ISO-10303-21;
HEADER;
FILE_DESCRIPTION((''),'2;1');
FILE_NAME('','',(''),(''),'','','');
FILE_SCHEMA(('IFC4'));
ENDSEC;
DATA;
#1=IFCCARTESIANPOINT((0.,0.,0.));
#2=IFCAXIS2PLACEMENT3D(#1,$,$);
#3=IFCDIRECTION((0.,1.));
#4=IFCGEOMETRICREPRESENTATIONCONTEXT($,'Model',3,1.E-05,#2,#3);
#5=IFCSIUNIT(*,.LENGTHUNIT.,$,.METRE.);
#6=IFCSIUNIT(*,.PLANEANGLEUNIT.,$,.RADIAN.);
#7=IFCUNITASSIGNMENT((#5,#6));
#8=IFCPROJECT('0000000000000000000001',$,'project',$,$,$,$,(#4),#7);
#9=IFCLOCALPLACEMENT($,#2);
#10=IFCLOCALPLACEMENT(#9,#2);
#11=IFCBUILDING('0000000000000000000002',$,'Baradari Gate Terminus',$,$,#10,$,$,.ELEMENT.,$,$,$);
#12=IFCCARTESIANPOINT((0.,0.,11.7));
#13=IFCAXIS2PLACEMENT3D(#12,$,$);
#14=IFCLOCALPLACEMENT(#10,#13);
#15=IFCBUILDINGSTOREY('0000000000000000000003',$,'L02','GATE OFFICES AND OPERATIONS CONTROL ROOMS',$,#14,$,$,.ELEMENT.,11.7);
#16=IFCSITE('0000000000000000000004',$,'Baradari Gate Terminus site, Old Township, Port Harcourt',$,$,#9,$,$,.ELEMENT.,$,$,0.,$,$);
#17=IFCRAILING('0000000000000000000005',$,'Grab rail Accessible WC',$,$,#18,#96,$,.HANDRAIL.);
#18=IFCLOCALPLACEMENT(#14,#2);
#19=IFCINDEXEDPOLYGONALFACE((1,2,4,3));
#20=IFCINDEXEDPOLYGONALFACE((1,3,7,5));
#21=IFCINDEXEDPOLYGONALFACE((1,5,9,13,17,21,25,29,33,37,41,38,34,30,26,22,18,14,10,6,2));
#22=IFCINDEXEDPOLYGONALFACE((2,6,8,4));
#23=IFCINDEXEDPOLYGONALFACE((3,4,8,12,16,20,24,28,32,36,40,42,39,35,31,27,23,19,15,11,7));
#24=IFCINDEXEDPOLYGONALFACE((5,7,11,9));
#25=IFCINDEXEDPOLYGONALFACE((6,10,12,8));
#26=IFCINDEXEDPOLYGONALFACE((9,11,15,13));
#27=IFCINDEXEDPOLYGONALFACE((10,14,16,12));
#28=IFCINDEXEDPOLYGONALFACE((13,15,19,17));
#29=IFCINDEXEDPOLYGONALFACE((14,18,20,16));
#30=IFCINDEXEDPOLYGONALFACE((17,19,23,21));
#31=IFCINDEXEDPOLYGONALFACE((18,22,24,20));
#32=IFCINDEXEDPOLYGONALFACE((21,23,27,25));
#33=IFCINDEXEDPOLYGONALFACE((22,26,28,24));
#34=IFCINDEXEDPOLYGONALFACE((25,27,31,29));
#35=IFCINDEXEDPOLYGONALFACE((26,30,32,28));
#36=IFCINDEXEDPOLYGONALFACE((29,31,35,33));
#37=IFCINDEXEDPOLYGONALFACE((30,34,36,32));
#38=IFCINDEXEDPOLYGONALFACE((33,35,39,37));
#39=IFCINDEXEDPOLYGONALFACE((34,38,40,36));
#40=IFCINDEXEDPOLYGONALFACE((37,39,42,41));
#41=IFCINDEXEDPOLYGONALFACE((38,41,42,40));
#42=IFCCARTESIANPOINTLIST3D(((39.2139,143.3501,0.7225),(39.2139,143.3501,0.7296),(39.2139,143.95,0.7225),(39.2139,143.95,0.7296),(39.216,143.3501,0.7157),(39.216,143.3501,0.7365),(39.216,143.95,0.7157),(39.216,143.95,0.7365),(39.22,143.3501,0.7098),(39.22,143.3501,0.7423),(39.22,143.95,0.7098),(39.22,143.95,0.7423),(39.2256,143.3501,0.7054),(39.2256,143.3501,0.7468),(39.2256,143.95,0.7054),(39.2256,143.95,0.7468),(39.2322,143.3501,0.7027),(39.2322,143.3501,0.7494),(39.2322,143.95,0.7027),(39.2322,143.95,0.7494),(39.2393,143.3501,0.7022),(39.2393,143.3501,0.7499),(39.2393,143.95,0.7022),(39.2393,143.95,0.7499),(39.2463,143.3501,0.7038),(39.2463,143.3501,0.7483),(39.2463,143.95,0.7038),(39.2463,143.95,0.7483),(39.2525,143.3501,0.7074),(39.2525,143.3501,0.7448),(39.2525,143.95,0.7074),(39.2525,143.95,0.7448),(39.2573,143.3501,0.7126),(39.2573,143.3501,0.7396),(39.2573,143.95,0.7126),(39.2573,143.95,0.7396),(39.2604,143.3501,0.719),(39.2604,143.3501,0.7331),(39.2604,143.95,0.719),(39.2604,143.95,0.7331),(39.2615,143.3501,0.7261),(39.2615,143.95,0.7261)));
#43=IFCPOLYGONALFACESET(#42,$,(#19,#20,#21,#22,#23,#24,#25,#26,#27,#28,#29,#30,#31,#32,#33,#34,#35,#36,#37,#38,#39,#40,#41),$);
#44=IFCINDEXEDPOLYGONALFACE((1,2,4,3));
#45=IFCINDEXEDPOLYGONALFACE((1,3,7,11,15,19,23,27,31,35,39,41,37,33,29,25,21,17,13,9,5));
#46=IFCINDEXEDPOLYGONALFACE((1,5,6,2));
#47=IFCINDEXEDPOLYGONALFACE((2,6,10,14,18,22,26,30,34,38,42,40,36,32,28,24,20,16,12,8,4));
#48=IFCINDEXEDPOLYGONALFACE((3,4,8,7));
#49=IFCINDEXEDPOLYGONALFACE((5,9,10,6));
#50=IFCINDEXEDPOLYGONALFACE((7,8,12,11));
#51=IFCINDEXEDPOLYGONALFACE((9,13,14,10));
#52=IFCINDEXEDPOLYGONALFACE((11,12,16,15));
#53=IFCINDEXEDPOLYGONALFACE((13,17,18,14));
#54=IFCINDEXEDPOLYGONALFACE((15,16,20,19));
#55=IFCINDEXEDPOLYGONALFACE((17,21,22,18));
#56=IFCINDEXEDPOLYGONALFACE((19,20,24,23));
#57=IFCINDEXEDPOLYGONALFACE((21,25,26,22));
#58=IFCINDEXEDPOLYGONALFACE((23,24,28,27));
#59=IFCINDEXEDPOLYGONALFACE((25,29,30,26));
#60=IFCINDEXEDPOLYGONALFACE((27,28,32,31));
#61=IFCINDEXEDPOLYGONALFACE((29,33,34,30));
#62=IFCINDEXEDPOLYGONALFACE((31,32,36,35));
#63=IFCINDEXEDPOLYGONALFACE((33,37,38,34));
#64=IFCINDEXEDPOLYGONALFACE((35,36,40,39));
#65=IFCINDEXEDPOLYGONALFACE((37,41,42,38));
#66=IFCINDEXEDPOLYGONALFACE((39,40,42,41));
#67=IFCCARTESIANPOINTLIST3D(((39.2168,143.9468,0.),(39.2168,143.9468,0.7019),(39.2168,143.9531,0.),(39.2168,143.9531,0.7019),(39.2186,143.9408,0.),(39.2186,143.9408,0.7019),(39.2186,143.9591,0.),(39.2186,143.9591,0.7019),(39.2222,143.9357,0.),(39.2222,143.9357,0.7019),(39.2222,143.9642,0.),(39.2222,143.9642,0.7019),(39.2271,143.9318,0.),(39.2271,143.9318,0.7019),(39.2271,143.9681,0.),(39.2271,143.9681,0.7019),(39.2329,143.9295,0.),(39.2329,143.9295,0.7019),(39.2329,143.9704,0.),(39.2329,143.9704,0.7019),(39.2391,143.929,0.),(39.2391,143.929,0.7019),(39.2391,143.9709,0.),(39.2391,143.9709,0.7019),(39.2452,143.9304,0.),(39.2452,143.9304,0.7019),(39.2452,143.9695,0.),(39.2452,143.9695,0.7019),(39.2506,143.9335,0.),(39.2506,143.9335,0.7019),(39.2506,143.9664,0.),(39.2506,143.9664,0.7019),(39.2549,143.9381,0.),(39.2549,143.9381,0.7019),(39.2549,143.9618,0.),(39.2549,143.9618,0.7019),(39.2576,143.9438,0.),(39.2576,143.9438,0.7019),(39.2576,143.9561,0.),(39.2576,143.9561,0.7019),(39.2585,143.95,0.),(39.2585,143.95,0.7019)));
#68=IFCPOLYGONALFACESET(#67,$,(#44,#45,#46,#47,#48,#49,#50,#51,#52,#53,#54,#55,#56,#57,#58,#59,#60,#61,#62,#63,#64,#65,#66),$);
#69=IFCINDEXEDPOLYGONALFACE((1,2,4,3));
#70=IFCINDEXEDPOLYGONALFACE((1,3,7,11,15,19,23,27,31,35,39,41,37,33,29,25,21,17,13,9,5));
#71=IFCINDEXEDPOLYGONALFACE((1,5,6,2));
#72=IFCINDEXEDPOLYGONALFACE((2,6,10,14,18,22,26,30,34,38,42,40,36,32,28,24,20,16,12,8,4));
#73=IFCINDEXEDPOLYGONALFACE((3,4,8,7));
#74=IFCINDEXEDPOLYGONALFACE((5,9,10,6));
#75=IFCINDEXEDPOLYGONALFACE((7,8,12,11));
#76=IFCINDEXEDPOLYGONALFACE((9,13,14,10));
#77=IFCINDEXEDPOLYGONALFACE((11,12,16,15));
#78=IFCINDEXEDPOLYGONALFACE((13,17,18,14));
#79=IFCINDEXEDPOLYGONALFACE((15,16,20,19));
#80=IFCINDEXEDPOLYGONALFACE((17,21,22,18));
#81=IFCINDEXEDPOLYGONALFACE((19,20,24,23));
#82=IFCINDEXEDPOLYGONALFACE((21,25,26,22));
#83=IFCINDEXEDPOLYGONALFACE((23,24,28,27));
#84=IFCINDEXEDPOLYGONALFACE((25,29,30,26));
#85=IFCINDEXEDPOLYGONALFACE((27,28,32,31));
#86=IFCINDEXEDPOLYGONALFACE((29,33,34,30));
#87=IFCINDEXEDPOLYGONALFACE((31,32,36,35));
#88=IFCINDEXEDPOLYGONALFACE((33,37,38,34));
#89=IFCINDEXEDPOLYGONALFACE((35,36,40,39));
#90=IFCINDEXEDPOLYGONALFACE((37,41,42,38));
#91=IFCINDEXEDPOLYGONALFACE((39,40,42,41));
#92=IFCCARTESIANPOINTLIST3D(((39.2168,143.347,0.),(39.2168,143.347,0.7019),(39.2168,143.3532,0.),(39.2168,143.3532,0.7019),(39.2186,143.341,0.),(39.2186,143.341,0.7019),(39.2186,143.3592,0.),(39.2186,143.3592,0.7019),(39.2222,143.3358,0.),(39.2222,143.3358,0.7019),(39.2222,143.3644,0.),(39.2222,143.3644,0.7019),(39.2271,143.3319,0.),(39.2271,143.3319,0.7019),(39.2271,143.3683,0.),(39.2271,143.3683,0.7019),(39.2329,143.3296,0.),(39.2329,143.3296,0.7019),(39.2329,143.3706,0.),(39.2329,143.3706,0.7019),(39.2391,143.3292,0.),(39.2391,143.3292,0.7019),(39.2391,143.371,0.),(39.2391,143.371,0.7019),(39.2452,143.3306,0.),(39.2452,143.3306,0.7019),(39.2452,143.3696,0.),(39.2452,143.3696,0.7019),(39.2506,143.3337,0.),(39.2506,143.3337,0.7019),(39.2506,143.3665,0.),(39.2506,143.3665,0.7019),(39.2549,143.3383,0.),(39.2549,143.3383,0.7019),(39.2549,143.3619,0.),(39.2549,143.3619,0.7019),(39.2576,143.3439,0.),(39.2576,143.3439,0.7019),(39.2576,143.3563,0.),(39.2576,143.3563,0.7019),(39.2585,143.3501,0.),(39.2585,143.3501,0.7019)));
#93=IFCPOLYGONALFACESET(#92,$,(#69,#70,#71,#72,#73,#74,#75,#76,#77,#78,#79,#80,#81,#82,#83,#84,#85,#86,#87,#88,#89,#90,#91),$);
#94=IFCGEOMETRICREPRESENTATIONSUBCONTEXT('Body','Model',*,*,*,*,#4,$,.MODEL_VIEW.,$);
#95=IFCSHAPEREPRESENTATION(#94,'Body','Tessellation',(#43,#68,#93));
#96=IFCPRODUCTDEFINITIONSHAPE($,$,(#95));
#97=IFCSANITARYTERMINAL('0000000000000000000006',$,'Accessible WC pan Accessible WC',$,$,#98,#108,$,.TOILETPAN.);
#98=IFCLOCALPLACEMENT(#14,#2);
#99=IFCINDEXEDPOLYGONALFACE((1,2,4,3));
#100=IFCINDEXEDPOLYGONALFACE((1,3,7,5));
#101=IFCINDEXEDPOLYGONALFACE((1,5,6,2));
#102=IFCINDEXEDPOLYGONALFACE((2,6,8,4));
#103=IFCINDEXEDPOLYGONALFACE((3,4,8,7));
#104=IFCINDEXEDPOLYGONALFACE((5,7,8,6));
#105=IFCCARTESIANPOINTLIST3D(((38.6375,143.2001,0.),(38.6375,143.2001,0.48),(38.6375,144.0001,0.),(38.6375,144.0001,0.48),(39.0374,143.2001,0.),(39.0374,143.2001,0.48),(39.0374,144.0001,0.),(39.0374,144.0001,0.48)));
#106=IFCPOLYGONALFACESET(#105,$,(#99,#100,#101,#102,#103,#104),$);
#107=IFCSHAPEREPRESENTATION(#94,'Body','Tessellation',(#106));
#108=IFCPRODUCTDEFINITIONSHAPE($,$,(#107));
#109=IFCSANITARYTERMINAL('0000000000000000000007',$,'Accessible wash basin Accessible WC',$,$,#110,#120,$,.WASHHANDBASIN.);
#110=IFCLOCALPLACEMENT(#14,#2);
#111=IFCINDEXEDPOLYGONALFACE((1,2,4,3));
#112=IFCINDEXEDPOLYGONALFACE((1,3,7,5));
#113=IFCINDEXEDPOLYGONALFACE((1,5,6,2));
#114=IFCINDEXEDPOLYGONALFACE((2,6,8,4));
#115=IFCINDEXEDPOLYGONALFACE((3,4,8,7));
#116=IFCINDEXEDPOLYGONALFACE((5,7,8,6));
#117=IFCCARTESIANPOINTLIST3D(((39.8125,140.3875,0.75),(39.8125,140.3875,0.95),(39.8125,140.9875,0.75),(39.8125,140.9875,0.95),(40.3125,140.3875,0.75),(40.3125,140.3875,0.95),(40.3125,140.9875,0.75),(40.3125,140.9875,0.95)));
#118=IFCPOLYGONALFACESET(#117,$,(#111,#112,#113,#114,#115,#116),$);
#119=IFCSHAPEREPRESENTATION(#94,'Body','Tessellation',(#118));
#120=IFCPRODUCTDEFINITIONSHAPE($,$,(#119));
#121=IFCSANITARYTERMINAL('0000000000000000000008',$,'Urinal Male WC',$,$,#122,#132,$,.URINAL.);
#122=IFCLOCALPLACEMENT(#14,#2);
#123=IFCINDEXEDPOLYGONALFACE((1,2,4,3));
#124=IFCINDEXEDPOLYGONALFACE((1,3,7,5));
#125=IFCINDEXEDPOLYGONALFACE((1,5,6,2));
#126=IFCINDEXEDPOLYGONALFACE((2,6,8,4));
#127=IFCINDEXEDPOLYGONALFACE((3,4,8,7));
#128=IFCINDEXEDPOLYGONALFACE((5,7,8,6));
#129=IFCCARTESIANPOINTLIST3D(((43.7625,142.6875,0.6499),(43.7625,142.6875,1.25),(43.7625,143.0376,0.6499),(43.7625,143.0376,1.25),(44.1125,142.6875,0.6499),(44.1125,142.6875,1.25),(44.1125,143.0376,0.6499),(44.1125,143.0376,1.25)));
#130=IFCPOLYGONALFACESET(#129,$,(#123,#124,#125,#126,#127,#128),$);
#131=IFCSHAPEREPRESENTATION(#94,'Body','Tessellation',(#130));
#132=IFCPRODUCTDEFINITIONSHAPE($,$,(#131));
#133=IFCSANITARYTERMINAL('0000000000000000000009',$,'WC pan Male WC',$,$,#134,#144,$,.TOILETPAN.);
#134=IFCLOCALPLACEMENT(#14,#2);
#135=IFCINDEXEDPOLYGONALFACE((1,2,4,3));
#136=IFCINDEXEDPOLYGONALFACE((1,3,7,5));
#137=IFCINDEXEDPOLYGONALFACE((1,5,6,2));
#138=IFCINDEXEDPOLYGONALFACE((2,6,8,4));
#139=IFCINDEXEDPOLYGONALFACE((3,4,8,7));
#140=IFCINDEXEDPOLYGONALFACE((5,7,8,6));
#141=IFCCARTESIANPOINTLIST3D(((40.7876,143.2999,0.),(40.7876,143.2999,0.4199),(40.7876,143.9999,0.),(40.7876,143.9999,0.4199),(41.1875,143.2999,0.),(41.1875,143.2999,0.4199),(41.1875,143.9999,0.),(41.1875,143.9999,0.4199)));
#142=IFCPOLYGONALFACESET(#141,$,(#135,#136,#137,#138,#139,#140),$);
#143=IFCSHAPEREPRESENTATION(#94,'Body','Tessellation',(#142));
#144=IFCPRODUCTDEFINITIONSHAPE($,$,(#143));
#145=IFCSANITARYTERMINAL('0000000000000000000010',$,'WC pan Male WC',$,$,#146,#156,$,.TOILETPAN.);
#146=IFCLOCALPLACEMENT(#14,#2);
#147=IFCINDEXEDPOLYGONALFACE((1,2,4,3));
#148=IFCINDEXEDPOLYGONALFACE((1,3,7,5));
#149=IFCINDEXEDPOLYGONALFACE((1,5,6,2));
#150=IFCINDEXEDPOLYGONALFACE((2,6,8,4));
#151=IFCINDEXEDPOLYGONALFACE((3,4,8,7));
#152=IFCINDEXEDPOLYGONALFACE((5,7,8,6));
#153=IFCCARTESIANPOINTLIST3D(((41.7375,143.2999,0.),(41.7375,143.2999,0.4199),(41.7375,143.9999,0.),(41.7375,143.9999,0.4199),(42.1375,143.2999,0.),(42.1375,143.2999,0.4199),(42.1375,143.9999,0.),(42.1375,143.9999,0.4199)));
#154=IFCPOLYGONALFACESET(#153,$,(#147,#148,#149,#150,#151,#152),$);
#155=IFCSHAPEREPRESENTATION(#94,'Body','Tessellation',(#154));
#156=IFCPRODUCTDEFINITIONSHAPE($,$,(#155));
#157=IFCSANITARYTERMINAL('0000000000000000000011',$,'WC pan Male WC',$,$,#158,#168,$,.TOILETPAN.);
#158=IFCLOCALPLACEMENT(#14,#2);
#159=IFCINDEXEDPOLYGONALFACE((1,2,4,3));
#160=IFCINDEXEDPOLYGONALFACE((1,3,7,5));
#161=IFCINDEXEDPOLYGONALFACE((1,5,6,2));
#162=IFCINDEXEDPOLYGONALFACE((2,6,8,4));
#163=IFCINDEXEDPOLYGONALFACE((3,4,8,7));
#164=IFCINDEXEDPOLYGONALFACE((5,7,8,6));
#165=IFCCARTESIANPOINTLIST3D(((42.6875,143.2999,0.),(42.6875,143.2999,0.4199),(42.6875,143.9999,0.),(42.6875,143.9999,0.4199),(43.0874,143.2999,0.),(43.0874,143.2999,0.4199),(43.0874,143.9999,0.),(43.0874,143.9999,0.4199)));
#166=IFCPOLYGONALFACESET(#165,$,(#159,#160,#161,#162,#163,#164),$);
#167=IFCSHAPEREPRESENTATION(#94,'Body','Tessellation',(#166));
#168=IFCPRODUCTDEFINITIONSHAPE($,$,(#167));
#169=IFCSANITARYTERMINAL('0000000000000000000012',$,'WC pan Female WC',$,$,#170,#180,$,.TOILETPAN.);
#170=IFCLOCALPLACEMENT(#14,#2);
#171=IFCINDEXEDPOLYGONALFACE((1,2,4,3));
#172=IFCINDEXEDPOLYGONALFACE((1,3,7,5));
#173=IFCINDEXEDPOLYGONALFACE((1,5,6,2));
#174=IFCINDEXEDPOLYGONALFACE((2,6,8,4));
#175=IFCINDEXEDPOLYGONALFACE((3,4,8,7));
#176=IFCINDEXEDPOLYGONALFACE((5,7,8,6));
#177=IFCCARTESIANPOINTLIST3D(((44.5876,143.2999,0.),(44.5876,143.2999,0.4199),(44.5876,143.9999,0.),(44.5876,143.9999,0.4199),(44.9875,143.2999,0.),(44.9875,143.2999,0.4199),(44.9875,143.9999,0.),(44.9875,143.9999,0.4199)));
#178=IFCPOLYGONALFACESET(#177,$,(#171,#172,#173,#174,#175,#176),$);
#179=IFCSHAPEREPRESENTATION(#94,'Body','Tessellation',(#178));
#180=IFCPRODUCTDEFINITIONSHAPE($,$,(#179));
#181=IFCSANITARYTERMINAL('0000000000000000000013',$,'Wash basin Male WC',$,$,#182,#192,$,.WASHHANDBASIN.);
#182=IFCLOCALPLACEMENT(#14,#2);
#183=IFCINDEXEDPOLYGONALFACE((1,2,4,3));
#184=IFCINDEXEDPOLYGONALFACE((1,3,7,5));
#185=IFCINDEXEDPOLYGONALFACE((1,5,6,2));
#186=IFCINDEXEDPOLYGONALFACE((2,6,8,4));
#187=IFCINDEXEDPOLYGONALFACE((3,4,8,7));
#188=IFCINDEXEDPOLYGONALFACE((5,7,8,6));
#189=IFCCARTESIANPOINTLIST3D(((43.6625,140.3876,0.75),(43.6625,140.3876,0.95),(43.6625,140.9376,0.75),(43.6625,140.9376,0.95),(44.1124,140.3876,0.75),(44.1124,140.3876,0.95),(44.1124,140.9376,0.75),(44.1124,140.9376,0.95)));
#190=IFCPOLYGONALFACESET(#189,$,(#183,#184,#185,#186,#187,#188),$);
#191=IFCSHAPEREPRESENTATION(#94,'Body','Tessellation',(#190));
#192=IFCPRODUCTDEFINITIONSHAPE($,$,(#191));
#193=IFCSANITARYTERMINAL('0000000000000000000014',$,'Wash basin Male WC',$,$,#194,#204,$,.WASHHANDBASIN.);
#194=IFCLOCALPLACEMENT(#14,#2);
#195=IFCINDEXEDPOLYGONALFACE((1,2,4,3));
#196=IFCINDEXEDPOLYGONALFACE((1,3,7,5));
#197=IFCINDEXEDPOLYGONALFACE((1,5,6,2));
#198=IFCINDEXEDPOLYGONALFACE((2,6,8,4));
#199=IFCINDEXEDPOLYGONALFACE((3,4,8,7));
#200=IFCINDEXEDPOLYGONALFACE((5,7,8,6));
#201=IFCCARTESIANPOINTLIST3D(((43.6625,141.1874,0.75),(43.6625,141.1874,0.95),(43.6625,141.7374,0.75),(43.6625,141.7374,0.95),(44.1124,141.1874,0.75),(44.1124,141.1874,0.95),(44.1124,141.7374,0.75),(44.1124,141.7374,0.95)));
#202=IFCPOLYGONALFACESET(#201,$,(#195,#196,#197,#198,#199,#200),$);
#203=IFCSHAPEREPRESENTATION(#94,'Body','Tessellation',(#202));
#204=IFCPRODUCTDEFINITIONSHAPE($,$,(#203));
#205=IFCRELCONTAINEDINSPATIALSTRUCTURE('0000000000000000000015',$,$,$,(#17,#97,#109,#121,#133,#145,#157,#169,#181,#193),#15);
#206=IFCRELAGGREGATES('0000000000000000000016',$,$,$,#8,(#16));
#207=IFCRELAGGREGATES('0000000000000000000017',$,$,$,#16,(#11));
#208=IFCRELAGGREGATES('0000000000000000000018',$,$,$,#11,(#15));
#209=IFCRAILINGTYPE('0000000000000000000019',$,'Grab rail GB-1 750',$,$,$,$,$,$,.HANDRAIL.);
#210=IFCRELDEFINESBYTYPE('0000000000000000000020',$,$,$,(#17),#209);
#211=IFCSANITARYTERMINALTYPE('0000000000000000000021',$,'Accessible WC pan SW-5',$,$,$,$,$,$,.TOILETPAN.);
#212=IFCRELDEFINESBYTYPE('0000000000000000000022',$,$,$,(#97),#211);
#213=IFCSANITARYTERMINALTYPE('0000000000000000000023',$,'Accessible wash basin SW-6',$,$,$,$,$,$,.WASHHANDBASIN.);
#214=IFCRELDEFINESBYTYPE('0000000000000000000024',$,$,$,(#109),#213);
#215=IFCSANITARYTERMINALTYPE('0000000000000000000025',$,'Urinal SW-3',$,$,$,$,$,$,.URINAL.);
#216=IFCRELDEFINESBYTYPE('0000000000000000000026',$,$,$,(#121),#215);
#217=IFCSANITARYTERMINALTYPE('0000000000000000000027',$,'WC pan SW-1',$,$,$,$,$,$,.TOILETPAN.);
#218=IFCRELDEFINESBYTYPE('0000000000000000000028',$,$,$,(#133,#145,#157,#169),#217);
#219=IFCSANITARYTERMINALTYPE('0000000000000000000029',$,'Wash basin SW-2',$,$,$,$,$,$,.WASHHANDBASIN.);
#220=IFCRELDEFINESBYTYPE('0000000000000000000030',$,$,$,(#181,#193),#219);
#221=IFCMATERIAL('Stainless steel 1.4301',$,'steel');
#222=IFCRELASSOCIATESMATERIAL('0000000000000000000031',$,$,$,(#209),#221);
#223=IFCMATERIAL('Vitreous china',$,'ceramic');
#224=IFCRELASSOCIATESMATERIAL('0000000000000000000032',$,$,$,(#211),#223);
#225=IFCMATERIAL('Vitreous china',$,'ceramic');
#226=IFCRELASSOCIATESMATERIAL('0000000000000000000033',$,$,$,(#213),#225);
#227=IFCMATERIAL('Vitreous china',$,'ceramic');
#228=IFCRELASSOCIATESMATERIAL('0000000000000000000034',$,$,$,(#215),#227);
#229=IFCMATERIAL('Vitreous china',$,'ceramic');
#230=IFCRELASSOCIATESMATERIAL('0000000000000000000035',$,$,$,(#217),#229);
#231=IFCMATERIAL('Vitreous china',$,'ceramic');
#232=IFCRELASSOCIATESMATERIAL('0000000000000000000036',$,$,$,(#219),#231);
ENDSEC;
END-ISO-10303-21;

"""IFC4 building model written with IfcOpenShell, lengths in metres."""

from ifc_helpers import new_model, si_unit, direction, frame, origin, origin_2d, place, context, subcontext, project, spatial, rectangle, circle, extrude, material, type_object, element, save


model = new_model("IFC4")

# Units and contexts
model_context = context("Model", 3, precision=1e-05, world=origin(), true_north=direction((0.0, 1.0)))
body_context = subcontext(model_context, "Body", "Model", "MODEL_VIEW")
ifc_project = project(units=[si_unit("LENGTHUNIT", "METRE"), si_unit("PLANEANGLEUNIT", "RADIAN")], contexts=[model_context])

# Site, building, storey
site_placement = place(None, origin())
site = spatial("IfcSite", under=ifc_project, at=site_placement, Name="Baradari Gate Terminus site, Old Township, Port Harcourt", CompositionType="ELEMENT", RefElevation=0.0)
building_placement = place(site_placement, origin())
building = spatial("IfcBuilding", under=site, at=building_placement, Name="Baradari Gate Terminus", CompositionType="ELEMENT")
storey_placement = place(building_placement, frame((0.0, 0.0, 11.7)))
storey = spatial("IfcBuildingStorey", under=building, at=storey_placement, Name="L02", Description="GATE OFFICES AND OPERATIONS CONTROL ROOMS", CompositionType="ELEMENT", Elevation=11.7)

# Railing
ifc_material_1 = material(Name="Stainless steel 1.4301", Category="steel")
railing_type = type_object("IfcRailingType", Name="Grab rail GB-1 750", PredefinedType="HANDRAIL", material=ifc_material_1)
for number, where, name in (
    (1, (39.2375, 143.95, 0.0), "Grab rail Accessible WC"),
):
    element("IfcRailing", number, at=place(storey_placement, frame(where)), inside=storey, type_object=railing_type, Name=name, PredefinedType="HANDRAIL", context=body_context, shape_type="SweptSolid", body=[
        extrude(circle(Radius=0.0239, at=origin_2d()), frame((0.0, 0.0, 0.7261), z_axis=(0.0, -1.0, 0.0), x_axis=(1.0, 0.0, 0.0)), (0.0, 0.0, 1.0), 0.5999),
        extrude(circle(Radius=0.021, at=origin_2d()), origin(), (0.0, 0.0, 1.0), 0.7019),
        extrude(circle(Radius=0.021, at=origin_2d()), frame((0.0, -0.5999, 0.0)), (0.0, 0.0, 1.0), 0.7019),
    ])

# Sanitary terminals
ifc_material_2 = material(Name="Vitreous china", Category="ceramic")
sanitary_terminal_type_1 = type_object("IfcSanitaryTerminalType", Name="Accessible WC pan SW-5", PredefinedType="TOILETPAN", material=ifc_material_2)
sanitary_terminal_1_placement = place(storey_placement, frame((38.8374, 143.6001, 0.0), z_axis=(0.0, 0.0, 1.0), x_axis=(1.0, 0.0, 0.0)))
element("IfcSanitaryTerminal", 2, at=sanitary_terminal_1_placement, inside=storey, type_object=sanitary_terminal_type_1, Name="Accessible WC pan Accessible WC", PredefinedType="TOILETPAN", context=body_context, shape_type="SweptSolid", body=[
    extrude(rectangle(XDim=0.3999, YDim=0.8, at=origin_2d()), origin(), (0.0, 0.0, 1.0), 0.48),
])
ifc_material_3 = material(Name="Vitreous china", Category="ceramic")
sanitary_terminal_type_2 = type_object("IfcSanitaryTerminalType", Name="Accessible wash basin SW-6", PredefinedType="WASHHANDBASIN", material=ifc_material_3)
sanitary_terminal_2_placement = place(storey_placement, frame((40.0625, 140.6875, 0.75), z_axis=(0.0, 0.0, 1.0), x_axis=(1.0, 0.0, 0.0)))
element("IfcSanitaryTerminal", 3, at=sanitary_terminal_2_placement, inside=storey, type_object=sanitary_terminal_type_2, Name="Accessible wash basin Accessible WC", PredefinedType="WASHHANDBASIN", context=body_context, shape_type="SweptSolid", body=[
    extrude(rectangle(XDim=0.5, YDim=0.6001, at=origin_2d()), origin(), (0.0, 0.0, 1.0), 0.2),
])
ifc_material_4 = material(Name="Vitreous china", Category="ceramic")
sanitary_terminal_type_3 = type_object("IfcSanitaryTerminalType", Name="Urinal SW-3", PredefinedType="URINAL", material=ifc_material_4)
sanitary_terminal_3_placement = place(storey_placement, frame((43.9375, 142.8625, 0.6499), z_axis=(0.0, 0.0, 1.0), x_axis=(1.0, 0.0, 0.0)))
element("IfcSanitaryTerminal", 4, at=sanitary_terminal_3_placement, inside=storey, type_object=sanitary_terminal_type_3, Name="Urinal Male WC", PredefinedType="URINAL", context=body_context, shape_type="SweptSolid", body=[
    extrude(rectangle(XDim=0.3501, YDim=0.3501, at=origin_2d()), origin(), (0.0, 0.0, 1.0), 0.6001),
])
ifc_material_5 = material(Name="Vitreous china", Category="ceramic")
sanitary_terminal_type_4 = type_object("IfcSanitaryTerminalType", Name="WC pan SW-1", PredefinedType="TOILETPAN", material=ifc_material_5)
for number, where, z_axis, x_axis, name in (
    (5, (40.9875, 143.6499, 0.0), (0.0, 0.0, 1.0), (1.0, 0.0, 0.0), "WC pan Male WC"),
    (6, (41.9375, 143.6499, 0.0), (0.0, 0.0, 1.0), (1.0, 0.0, 0.0), "WC pan Male WC"),
    (7, (42.8875, 143.6499, 0.0), (0.0, 0.0, 1.0), (1.0, 0.0, 0.0), "WC pan Male WC"),
    (8, (44.7876, 143.6499, 0.0), (0.0, 0.0, 1.0), (1.0, 0.0, 0.0), "WC pan Female WC"),
):
    element("IfcSanitaryTerminal", number, at=place(storey_placement, frame(where, z_axis=z_axis, x_axis=x_axis)), inside=storey, type_object=sanitary_terminal_type_4, Name=name, PredefinedType="TOILETPAN", context=body_context, shape_type="SweptSolid", body=[
        extrude(rectangle(XDim=0.3999, YDim=0.7, at=origin_2d()), origin(), (0.0, 0.0, 1.0), 0.4199),
    ])
ifc_material_6 = material(Name="Vitreous china", Category="ceramic")
sanitary_terminal_type_5 = type_object("IfcSanitaryTerminalType", Name="Wash basin SW-2", PredefinedType="WASHHANDBASIN", material=ifc_material_6)
for number, where, z_axis, x_axis, name in (
    (9, (43.8875, 140.6626, 0.75), (0.0, 0.0, 1.0), (1.0, 0.0, 0.0), "Wash basin Male WC"),
    (10, (43.8875, 141.4624, 0.75), (0.0, 0.0, 1.0), (1.0, 0.0, 0.0), "Wash basin Male WC"),
):
    element("IfcSanitaryTerminal", number, at=place(storey_placement, frame(where, z_axis=z_axis, x_axis=x_axis)), inside=storey, type_object=sanitary_terminal_type_5, Name=name, PredefinedType="WASHHANDBASIN", context=body_context, shape_type="SweptSolid", body=[
        extrude(rectangle(XDim=0.45, YDim=0.55, at=origin_2d()), origin(), (0.0, 0.0, 1.0), 0.2),
    ])

save(model, "model.ifc")
